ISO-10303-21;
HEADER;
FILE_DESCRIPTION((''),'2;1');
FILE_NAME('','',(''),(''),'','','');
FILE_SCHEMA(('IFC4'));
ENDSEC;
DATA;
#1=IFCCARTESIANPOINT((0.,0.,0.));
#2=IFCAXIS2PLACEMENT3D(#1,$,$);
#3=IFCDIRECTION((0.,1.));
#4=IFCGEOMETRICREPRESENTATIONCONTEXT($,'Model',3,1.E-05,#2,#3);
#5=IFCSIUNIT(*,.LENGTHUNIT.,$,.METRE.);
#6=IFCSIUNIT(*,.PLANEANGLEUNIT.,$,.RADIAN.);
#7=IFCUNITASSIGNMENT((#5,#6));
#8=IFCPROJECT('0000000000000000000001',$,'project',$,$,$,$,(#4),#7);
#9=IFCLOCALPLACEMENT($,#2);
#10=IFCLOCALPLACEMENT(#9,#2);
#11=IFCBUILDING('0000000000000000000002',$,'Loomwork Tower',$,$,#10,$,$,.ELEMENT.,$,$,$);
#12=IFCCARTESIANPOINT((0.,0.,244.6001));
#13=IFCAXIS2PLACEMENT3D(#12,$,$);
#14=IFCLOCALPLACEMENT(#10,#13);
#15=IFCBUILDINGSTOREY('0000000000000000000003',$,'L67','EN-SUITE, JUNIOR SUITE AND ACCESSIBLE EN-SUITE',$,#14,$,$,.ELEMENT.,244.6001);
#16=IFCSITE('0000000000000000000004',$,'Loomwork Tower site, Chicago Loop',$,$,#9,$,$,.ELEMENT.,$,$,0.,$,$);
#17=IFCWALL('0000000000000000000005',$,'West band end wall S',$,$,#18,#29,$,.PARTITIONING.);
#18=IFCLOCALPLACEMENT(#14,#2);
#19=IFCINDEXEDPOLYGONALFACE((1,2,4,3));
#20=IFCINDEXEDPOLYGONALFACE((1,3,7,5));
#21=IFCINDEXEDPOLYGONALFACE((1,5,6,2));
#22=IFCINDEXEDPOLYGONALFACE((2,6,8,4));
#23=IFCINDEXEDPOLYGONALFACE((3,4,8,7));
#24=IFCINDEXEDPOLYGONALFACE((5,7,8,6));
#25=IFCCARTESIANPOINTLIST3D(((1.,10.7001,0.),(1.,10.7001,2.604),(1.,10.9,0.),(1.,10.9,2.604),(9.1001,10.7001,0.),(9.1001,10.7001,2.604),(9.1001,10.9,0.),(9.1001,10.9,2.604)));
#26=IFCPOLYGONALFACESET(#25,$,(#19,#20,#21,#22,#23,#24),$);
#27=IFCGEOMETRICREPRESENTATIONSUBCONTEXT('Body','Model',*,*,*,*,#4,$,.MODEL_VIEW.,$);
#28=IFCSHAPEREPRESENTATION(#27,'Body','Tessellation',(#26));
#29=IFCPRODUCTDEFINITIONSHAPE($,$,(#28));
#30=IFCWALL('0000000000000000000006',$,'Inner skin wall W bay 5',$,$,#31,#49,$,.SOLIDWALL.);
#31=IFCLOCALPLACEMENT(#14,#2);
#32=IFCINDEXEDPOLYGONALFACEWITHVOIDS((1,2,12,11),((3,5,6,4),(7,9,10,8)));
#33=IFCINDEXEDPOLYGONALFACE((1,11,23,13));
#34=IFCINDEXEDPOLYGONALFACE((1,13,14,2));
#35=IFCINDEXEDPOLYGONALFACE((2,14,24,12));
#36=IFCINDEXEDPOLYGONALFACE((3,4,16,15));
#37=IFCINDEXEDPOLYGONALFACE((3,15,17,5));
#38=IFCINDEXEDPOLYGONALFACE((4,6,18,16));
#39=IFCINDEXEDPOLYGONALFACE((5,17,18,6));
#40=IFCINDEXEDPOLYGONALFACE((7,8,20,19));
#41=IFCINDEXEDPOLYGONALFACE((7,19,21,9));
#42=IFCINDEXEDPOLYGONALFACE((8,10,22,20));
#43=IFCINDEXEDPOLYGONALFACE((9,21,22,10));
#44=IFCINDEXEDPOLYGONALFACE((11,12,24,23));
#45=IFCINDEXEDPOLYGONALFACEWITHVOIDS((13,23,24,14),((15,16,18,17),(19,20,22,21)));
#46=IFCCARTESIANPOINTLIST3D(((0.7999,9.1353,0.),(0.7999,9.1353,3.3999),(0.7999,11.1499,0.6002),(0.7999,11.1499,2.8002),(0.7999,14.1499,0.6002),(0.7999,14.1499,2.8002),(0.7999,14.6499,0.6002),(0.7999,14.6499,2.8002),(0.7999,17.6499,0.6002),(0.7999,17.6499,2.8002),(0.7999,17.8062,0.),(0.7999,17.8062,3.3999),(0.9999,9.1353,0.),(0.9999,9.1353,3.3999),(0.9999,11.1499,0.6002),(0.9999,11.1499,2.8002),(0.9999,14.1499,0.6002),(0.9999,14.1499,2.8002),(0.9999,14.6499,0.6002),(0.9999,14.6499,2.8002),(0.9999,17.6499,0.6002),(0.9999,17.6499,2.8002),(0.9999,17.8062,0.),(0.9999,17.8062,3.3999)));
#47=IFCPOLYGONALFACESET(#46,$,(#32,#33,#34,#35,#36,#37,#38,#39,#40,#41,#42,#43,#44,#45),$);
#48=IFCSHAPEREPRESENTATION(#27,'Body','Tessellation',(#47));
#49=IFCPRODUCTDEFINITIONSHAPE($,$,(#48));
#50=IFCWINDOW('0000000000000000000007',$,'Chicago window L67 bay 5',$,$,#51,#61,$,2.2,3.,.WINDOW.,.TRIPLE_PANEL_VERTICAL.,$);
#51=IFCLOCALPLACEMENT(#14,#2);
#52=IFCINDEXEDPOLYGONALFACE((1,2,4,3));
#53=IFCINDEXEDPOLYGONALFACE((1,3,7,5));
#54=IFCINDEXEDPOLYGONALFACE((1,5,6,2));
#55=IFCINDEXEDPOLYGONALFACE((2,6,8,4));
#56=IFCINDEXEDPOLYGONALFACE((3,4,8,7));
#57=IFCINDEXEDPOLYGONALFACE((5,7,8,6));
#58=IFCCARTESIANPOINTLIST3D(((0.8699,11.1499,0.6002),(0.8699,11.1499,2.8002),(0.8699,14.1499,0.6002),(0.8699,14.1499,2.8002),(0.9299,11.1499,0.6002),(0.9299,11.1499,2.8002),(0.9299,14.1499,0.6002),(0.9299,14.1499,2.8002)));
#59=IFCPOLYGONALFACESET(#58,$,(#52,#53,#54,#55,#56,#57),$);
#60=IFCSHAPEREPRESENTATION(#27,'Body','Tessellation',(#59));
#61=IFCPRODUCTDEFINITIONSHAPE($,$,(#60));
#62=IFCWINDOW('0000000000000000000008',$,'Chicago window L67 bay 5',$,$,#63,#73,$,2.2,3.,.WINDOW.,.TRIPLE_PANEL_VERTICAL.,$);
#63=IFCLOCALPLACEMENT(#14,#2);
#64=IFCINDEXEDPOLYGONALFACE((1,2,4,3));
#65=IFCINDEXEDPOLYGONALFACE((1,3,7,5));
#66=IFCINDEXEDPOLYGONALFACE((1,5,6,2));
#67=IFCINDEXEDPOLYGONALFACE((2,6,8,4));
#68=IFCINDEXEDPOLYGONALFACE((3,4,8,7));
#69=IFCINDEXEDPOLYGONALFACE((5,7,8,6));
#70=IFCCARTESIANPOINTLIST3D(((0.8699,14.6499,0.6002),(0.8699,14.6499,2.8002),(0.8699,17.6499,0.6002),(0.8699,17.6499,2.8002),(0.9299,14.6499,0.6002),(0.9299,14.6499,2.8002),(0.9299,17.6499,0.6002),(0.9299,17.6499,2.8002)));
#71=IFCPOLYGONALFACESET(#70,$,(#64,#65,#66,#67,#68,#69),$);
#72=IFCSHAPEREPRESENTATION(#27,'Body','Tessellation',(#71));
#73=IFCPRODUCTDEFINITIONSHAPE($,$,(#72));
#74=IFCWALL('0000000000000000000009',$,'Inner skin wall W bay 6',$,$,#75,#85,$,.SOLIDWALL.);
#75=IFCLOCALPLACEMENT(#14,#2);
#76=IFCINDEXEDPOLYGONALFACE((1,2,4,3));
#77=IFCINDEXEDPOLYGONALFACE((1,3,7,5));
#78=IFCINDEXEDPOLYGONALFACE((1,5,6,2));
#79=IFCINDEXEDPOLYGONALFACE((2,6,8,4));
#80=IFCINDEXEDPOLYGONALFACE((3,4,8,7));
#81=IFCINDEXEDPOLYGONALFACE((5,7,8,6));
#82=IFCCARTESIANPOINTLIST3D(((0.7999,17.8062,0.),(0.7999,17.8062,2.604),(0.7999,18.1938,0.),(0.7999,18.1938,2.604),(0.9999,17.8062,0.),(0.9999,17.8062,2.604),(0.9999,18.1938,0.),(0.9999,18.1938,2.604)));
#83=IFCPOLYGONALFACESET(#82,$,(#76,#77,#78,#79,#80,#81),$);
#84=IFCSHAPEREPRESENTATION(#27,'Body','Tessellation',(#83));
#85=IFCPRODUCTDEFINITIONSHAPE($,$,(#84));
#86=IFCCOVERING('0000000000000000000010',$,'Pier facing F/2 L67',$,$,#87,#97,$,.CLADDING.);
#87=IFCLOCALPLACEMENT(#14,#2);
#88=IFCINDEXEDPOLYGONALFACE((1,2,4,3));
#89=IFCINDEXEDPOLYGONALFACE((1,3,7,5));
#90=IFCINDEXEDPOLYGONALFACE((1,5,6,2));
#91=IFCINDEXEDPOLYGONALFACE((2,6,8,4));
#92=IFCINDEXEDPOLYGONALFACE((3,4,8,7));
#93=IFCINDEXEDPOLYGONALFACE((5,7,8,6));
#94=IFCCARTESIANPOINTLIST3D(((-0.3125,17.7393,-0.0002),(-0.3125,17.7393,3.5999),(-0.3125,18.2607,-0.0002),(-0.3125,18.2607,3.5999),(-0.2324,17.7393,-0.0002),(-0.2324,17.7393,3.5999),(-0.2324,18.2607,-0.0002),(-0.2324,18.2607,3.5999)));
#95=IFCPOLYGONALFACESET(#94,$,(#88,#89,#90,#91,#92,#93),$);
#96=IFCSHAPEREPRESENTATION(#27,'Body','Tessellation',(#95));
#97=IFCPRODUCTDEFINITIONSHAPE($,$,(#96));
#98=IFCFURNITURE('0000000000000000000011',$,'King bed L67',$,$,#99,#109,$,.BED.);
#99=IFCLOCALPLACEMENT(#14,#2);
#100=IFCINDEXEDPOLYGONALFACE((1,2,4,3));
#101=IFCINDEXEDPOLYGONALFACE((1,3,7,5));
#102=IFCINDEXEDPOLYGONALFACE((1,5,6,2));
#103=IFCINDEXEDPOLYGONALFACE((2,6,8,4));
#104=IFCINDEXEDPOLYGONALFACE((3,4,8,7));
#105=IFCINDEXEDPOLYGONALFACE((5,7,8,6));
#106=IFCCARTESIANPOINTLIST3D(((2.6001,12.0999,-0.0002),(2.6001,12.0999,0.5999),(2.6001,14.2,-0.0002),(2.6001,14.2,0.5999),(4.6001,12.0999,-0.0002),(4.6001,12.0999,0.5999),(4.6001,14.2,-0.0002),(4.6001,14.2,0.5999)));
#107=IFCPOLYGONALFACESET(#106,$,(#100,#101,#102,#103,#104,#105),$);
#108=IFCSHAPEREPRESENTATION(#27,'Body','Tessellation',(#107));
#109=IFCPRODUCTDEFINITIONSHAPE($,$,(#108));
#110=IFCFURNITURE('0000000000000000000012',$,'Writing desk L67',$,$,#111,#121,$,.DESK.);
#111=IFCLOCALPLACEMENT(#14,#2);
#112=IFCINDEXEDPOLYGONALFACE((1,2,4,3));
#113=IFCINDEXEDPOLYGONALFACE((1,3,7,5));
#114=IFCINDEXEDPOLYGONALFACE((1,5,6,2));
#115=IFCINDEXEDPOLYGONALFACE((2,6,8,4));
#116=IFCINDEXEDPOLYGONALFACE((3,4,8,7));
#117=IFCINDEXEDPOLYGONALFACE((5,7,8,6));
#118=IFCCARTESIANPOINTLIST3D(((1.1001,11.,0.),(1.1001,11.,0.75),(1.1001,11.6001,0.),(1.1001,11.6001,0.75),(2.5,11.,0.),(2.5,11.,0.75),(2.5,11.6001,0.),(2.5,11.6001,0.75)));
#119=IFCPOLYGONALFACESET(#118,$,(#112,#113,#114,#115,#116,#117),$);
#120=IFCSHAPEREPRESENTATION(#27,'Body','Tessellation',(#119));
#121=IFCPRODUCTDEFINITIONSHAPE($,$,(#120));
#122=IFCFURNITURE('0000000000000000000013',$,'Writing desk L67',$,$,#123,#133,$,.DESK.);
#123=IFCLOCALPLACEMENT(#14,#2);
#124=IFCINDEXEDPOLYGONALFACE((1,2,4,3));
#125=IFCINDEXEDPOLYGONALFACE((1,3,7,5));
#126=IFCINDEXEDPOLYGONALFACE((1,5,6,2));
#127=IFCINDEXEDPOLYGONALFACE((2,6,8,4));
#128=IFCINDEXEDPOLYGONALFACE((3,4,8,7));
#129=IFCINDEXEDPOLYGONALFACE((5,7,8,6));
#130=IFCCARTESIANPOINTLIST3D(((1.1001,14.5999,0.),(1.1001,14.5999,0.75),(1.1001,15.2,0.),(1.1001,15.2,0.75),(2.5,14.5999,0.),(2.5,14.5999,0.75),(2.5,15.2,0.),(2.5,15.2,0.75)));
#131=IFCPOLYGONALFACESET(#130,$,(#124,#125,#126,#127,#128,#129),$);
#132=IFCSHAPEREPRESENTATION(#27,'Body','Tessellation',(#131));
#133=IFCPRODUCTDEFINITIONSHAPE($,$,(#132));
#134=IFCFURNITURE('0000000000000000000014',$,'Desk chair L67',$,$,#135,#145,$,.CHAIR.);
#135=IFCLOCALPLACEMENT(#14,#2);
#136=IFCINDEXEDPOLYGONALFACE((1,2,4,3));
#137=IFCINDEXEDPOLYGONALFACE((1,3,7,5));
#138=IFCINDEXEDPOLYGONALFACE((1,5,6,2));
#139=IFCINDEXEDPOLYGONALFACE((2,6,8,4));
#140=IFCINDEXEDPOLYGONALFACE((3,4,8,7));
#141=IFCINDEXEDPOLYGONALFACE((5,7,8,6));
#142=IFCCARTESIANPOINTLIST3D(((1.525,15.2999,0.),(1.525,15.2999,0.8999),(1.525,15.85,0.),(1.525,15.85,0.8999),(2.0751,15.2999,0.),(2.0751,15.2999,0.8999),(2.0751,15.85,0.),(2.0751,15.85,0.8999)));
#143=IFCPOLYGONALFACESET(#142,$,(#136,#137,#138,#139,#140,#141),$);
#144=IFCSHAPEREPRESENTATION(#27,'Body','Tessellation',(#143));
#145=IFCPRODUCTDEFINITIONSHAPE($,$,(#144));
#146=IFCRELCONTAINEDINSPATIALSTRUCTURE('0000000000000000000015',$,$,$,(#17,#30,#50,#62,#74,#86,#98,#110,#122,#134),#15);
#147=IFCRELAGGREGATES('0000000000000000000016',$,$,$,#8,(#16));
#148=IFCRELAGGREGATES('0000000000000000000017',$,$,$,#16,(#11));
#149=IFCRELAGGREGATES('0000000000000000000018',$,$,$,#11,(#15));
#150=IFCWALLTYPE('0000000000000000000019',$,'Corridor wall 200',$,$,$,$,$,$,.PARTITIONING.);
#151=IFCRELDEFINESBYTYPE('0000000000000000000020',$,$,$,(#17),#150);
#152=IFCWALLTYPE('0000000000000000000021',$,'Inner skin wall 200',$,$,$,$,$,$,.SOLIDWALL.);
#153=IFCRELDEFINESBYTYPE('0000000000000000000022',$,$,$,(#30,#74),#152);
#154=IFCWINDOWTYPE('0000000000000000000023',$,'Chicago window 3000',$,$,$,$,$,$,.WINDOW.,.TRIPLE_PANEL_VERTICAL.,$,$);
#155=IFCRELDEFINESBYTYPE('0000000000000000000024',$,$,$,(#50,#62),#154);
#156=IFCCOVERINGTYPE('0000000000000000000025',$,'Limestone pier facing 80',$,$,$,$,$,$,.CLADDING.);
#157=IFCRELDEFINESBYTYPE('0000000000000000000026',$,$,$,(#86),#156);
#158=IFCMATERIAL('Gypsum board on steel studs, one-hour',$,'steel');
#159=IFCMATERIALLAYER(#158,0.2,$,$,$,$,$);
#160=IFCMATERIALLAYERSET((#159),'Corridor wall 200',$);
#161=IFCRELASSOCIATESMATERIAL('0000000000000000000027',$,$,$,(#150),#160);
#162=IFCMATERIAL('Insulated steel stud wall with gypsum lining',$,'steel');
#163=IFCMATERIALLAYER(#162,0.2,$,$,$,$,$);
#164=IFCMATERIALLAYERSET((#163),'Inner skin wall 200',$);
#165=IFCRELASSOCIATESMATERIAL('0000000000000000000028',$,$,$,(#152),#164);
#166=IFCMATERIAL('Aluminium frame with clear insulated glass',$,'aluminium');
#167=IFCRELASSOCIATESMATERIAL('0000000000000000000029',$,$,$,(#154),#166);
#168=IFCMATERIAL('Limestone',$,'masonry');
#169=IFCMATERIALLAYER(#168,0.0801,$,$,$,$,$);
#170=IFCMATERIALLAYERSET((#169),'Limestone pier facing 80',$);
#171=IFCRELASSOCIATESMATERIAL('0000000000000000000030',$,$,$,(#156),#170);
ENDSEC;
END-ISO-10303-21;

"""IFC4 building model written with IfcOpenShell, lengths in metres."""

from ifc_helpers import new_model, si_unit, direction, frame, frame_2d, origin, origin_2d, place, context, subcontext, project, spatial, rectangle, extrude, material, layer, layer_set, type_object, element, fill, save


model = new_model("IFC4")

# Units and contexts
model_context = context("Model", 3, precision=1e-05, world=origin(), true_north=direction((0.0, 1.0)))
body_context = subcontext(model_context, "Body", "Model", "MODEL_VIEW")
ifc_project = project(units=[si_unit("LENGTHUNIT", "METRE"), si_unit("PLANEANGLEUNIT", "RADIAN")], contexts=[model_context])

# Site, building, storey
site_placement = place(None, origin())
site = spatial("IfcSite", under=ifc_project, at=site_placement, Name="Loomwork Tower site, Chicago Loop", CompositionType="ELEMENT", RefElevation=0.0)
building_placement = place(site_placement, origin())
building = spatial("IfcBuilding", under=site, at=building_placement, Name="Loomwork Tower", CompositionType="ELEMENT")
storey_placement = place(building_placement, frame((0.0, 0.0, 244.6001)))
storey = spatial("IfcBuildingStorey", under=building, at=storey_placement, Name="L67", Description="EN-SUITE, JUNIOR SUITE AND ACCESSIBLE EN-SUITE", CompositionType="ELEMENT", Elevation=244.6001)

# Wall
ifc_material_1 = material(Name="Gypsum board on steel studs, one-hour", Category="steel")
ifc_layer_1 = layer(ifc_material_1, 0.2)
ifc_layer_set_1 = layer_set([ifc_layer_1], Name="Corridor wall 200")
wall_type_1 = type_object("IfcWallType", Name="Corridor wall 200", PredefinedType="PARTITIONING", material=ifc_layer_set_1)
wall_1_placement = place(storey_placement, frame((1.0, 10.8, 0.0), z_axis=(0.0, 0.0, 1.0), x_axis=(1.0, 0.0, 0.0)))
element("IfcWall", 1, at=wall_1_placement, inside=storey, type_object=wall_type_1, Name="West band end wall S", PredefinedType="PARTITIONING", context=body_context, shape_type="SweptSolid", body=[
    extrude(rectangle(XDim=8.1001, YDim=0.2, at=frame_2d((4.05, 0.0))), origin(), (0.0, 0.0, 1.0), 2.604),
])

# Wall, openings, windows
ifc_material_2 = material(Name="Insulated steel stud wall with gypsum lining", Category="steel")
ifc_layer_2 = layer(ifc_material_2, 0.2)
ifc_layer_set_2 = layer_set([ifc_layer_2], Name="Inner skin wall 200")
wall_type_2 = type_object("IfcWallType", Name="Inner skin wall 200", PredefinedType="SOLIDWALL", material=ifc_layer_set_2)
wall_2_placement = place(storey_placement, frame((0.8999, 9.1353, 0.0), z_axis=(0.0, 0.0, 1.0), x_axis=(0.0, 1.0, 0.0)))
wall_2 = element("IfcWall", 2, at=wall_2_placement, inside=storey, type_object=wall_type_2, Name="Inner skin wall W bay 5", PredefinedType="SOLIDWALL", context=body_context, shape_type="SweptSolid", body=[
    extrude(rectangle(XDim=8.6709, YDim=0.2, at=frame_2d((4.3354, 0.0))), origin(), (0.0, 0.0, 1.0), 3.3999),
])
opening_1_placement = place(wall_2_placement, frame((2.0146, 0.0, 0.6001)))
opening_1 = element("IfcOpeningElement", 3, at=opening_1_placement, cuts=wall_2, PredefinedType="OPENING", context=body_context, shape_type="SweptSolid", body=[
    extrude(rectangle(XDim=3.0, YDim=2.2, at=frame_2d((1.5, 1.1001))), frame((0.0, 0.1099, 0.0), z_axis=(0.0, -1.0, 0.0), x_axis=(1.0, 0.0, 0.0)), (0.0, 0.0, 1.0), 0.22),
])
opening_2_placement = place(wall_2_placement, frame((5.5146, 0.0, 0.6001)))
opening_2 = element("IfcOpeningElement", 4, at=opening_2_placement, cuts=wall_2, PredefinedType="OPENING", context=body_context, shape_type="SweptSolid", body=[
    extrude(rectangle(XDim=3.0, YDim=2.2, at=frame_2d((1.5, 1.1001))), frame((0.0, 0.1099, 0.0), z_axis=(0.0, -1.0, 0.0), x_axis=(1.0, 0.0, 0.0)), (0.0, 0.0, 1.0), 0.22),
])
ifc_material_3 = material(Name="Aluminium frame with clear insulated glass", Category="aluminium")
window_type = type_object("IfcWindowType", Name="Chicago window 3000", PartitioningType="TRIPLE_PANEL_VERTICAL", PredefinedType="WINDOW", material=ifc_material_3)
window_1_placement = place(opening_1_placement, origin())
window_1 = element("IfcWindow", 5, at=window_1_placement, inside=storey, type_object=window_type, Name="Chicago window L67 bay 5", OverallHeight=2.2, OverallWidth=3.0, PartitioningType="TRIPLE_PANEL_VERTICAL", PredefinedType="WINDOW", context=body_context, shape_type="SweptSolid", body=[
    extrude(rectangle(XDim=3.0, YDim=2.2, at=frame_2d((1.5, 1.1001))), frame((0.0, 0.03, 0.0), z_axis=(0.0, -1.0, 0.0), x_axis=(1.0, 0.0, 0.0)), (0.0, 0.0, 1.0), 0.0601),
])
fill(opening_1, window_1)
window_2_placement = place(opening_2_placement, origin())
window_2 = element("IfcWindow", 6, at=window_2_placement, inside=storey, type_object=window_type, Name="Chicago window L67 bay 5", OverallHeight=2.2, OverallWidth=3.0, PartitioningType="TRIPLE_PANEL_VERTICAL", PredefinedType="WINDOW", context=body_context, shape_type="SweptSolid", body=[
    extrude(rectangle(XDim=3.0, YDim=2.2, at=frame_2d((1.5, 1.1001))), frame((0.0, 0.03, 0.0), z_axis=(0.0, -1.0, 0.0), x_axis=(1.0, 0.0, 0.0)), (0.0, 0.0, 1.0), 0.0601),
])
fill(opening_2, window_2)

# Wall
wall_3_placement = place(storey_placement, frame((0.8999, 17.8062, 0.0), z_axis=(0.0, 0.0, 1.0), x_axis=(0.0, 1.0, 0.0)))
element("IfcWall", 7, at=wall_3_placement, inside=storey, type_object=wall_type_2, Name="Inner skin wall W bay 6", PredefinedType="SOLIDWALL", context=body_context, shape_type="SweptSolid", body=[
    extrude(rectangle(XDim=0.3877, YDim=0.2, at=frame_2d((0.1938, 0.0))), origin(), (0.0, 0.0, 1.0), 2.604),
])

# Covering
ifc_material_4 = material(Name="Limestone", Category="masonry")
ifc_layer_3 = layer(ifc_material_4, 0.0801)
ifc_layer_set_3 = layer_set([ifc_layer_3], Name="Limestone pier facing 80")
covering_type = type_object("IfcCoveringType", Name="Limestone pier facing 80", PredefinedType="CLADDING", material=ifc_layer_set_3)
covering_placement = place(storey_placement, frame((-0.2725, 18.0, -0.0002), z_axis=(0.0, 0.0, 1.0), x_axis=(1.0, 0.0, 0.0)))
element("IfcCovering", 8, at=covering_placement, inside=storey, type_object=covering_type, Name="Pier facing F/2 L67", PredefinedType="CLADDING", context=body_context, shape_type="SweptSolid", body=[
    extrude(rectangle(XDim=0.0801, YDim=0.5215, at=origin_2d()), origin(), (0.0, 0.0, 1.0), 3.6001),
])

# Furniture
furniture_1_placement = place(storey_placement, frame((3.6001, 13.1499, -0.0002), z_axis=(0.0, 0.0, 1.0), x_axis=(1.0, 0.0, 0.0)))
element("IfcFurniture", 9, at=furniture_1_placement, inside=storey, Name="King bed L67", PredefinedType="BED", context=body_context, shape_type="SweptSolid", body=[
    extrude(rectangle(XDim=2.0, YDim=2.1001, at=origin_2d()), origin(), (0.0, 0.0, 1.0), 0.6001),
])
for number, where, z_axis, x_axis, name in (
    (10, (1.8, 11.3, 0.0), (0.0, 0.0, 1.0), (1.0, 0.0, 0.0), "Writing desk L67"),
    (11, (1.8, 14.8999, 0.0), (0.0, 0.0, 1.0), (1.0, 0.0, 0.0), "Writing desk L67"),
):
    element("IfcFurniture", number, at=place(storey_placement, frame(where, z_axis=z_axis, x_axis=x_axis)), inside=storey, Name=name, PredefinedType="DESK", context=body_context, shape_type="SweptSolid", body=[
        extrude(rectangle(XDim=1.3999, YDim=0.6001, at=origin_2d()), origin(), (0.0, 0.0, 1.0), 0.75),
    ])
furniture_2_placement = place(storey_placement, frame((1.8, 15.575, 0.0), z_axis=(0.0, 0.0, 1.0), x_axis=(1.0, 0.0, 0.0)))
element("IfcFurniture", 12, at=furniture_2_placement, inside=storey, Name="Desk chair L67", PredefinedType="CHAIR", context=body_context, shape_type="SweptSolid", body=[
    extrude(rectangle(XDim=0.55, YDim=0.55, at=origin_2d()), origin(), (0.0, 0.0, 1.0), 0.8999),
])

save(model, "model.ifc")
